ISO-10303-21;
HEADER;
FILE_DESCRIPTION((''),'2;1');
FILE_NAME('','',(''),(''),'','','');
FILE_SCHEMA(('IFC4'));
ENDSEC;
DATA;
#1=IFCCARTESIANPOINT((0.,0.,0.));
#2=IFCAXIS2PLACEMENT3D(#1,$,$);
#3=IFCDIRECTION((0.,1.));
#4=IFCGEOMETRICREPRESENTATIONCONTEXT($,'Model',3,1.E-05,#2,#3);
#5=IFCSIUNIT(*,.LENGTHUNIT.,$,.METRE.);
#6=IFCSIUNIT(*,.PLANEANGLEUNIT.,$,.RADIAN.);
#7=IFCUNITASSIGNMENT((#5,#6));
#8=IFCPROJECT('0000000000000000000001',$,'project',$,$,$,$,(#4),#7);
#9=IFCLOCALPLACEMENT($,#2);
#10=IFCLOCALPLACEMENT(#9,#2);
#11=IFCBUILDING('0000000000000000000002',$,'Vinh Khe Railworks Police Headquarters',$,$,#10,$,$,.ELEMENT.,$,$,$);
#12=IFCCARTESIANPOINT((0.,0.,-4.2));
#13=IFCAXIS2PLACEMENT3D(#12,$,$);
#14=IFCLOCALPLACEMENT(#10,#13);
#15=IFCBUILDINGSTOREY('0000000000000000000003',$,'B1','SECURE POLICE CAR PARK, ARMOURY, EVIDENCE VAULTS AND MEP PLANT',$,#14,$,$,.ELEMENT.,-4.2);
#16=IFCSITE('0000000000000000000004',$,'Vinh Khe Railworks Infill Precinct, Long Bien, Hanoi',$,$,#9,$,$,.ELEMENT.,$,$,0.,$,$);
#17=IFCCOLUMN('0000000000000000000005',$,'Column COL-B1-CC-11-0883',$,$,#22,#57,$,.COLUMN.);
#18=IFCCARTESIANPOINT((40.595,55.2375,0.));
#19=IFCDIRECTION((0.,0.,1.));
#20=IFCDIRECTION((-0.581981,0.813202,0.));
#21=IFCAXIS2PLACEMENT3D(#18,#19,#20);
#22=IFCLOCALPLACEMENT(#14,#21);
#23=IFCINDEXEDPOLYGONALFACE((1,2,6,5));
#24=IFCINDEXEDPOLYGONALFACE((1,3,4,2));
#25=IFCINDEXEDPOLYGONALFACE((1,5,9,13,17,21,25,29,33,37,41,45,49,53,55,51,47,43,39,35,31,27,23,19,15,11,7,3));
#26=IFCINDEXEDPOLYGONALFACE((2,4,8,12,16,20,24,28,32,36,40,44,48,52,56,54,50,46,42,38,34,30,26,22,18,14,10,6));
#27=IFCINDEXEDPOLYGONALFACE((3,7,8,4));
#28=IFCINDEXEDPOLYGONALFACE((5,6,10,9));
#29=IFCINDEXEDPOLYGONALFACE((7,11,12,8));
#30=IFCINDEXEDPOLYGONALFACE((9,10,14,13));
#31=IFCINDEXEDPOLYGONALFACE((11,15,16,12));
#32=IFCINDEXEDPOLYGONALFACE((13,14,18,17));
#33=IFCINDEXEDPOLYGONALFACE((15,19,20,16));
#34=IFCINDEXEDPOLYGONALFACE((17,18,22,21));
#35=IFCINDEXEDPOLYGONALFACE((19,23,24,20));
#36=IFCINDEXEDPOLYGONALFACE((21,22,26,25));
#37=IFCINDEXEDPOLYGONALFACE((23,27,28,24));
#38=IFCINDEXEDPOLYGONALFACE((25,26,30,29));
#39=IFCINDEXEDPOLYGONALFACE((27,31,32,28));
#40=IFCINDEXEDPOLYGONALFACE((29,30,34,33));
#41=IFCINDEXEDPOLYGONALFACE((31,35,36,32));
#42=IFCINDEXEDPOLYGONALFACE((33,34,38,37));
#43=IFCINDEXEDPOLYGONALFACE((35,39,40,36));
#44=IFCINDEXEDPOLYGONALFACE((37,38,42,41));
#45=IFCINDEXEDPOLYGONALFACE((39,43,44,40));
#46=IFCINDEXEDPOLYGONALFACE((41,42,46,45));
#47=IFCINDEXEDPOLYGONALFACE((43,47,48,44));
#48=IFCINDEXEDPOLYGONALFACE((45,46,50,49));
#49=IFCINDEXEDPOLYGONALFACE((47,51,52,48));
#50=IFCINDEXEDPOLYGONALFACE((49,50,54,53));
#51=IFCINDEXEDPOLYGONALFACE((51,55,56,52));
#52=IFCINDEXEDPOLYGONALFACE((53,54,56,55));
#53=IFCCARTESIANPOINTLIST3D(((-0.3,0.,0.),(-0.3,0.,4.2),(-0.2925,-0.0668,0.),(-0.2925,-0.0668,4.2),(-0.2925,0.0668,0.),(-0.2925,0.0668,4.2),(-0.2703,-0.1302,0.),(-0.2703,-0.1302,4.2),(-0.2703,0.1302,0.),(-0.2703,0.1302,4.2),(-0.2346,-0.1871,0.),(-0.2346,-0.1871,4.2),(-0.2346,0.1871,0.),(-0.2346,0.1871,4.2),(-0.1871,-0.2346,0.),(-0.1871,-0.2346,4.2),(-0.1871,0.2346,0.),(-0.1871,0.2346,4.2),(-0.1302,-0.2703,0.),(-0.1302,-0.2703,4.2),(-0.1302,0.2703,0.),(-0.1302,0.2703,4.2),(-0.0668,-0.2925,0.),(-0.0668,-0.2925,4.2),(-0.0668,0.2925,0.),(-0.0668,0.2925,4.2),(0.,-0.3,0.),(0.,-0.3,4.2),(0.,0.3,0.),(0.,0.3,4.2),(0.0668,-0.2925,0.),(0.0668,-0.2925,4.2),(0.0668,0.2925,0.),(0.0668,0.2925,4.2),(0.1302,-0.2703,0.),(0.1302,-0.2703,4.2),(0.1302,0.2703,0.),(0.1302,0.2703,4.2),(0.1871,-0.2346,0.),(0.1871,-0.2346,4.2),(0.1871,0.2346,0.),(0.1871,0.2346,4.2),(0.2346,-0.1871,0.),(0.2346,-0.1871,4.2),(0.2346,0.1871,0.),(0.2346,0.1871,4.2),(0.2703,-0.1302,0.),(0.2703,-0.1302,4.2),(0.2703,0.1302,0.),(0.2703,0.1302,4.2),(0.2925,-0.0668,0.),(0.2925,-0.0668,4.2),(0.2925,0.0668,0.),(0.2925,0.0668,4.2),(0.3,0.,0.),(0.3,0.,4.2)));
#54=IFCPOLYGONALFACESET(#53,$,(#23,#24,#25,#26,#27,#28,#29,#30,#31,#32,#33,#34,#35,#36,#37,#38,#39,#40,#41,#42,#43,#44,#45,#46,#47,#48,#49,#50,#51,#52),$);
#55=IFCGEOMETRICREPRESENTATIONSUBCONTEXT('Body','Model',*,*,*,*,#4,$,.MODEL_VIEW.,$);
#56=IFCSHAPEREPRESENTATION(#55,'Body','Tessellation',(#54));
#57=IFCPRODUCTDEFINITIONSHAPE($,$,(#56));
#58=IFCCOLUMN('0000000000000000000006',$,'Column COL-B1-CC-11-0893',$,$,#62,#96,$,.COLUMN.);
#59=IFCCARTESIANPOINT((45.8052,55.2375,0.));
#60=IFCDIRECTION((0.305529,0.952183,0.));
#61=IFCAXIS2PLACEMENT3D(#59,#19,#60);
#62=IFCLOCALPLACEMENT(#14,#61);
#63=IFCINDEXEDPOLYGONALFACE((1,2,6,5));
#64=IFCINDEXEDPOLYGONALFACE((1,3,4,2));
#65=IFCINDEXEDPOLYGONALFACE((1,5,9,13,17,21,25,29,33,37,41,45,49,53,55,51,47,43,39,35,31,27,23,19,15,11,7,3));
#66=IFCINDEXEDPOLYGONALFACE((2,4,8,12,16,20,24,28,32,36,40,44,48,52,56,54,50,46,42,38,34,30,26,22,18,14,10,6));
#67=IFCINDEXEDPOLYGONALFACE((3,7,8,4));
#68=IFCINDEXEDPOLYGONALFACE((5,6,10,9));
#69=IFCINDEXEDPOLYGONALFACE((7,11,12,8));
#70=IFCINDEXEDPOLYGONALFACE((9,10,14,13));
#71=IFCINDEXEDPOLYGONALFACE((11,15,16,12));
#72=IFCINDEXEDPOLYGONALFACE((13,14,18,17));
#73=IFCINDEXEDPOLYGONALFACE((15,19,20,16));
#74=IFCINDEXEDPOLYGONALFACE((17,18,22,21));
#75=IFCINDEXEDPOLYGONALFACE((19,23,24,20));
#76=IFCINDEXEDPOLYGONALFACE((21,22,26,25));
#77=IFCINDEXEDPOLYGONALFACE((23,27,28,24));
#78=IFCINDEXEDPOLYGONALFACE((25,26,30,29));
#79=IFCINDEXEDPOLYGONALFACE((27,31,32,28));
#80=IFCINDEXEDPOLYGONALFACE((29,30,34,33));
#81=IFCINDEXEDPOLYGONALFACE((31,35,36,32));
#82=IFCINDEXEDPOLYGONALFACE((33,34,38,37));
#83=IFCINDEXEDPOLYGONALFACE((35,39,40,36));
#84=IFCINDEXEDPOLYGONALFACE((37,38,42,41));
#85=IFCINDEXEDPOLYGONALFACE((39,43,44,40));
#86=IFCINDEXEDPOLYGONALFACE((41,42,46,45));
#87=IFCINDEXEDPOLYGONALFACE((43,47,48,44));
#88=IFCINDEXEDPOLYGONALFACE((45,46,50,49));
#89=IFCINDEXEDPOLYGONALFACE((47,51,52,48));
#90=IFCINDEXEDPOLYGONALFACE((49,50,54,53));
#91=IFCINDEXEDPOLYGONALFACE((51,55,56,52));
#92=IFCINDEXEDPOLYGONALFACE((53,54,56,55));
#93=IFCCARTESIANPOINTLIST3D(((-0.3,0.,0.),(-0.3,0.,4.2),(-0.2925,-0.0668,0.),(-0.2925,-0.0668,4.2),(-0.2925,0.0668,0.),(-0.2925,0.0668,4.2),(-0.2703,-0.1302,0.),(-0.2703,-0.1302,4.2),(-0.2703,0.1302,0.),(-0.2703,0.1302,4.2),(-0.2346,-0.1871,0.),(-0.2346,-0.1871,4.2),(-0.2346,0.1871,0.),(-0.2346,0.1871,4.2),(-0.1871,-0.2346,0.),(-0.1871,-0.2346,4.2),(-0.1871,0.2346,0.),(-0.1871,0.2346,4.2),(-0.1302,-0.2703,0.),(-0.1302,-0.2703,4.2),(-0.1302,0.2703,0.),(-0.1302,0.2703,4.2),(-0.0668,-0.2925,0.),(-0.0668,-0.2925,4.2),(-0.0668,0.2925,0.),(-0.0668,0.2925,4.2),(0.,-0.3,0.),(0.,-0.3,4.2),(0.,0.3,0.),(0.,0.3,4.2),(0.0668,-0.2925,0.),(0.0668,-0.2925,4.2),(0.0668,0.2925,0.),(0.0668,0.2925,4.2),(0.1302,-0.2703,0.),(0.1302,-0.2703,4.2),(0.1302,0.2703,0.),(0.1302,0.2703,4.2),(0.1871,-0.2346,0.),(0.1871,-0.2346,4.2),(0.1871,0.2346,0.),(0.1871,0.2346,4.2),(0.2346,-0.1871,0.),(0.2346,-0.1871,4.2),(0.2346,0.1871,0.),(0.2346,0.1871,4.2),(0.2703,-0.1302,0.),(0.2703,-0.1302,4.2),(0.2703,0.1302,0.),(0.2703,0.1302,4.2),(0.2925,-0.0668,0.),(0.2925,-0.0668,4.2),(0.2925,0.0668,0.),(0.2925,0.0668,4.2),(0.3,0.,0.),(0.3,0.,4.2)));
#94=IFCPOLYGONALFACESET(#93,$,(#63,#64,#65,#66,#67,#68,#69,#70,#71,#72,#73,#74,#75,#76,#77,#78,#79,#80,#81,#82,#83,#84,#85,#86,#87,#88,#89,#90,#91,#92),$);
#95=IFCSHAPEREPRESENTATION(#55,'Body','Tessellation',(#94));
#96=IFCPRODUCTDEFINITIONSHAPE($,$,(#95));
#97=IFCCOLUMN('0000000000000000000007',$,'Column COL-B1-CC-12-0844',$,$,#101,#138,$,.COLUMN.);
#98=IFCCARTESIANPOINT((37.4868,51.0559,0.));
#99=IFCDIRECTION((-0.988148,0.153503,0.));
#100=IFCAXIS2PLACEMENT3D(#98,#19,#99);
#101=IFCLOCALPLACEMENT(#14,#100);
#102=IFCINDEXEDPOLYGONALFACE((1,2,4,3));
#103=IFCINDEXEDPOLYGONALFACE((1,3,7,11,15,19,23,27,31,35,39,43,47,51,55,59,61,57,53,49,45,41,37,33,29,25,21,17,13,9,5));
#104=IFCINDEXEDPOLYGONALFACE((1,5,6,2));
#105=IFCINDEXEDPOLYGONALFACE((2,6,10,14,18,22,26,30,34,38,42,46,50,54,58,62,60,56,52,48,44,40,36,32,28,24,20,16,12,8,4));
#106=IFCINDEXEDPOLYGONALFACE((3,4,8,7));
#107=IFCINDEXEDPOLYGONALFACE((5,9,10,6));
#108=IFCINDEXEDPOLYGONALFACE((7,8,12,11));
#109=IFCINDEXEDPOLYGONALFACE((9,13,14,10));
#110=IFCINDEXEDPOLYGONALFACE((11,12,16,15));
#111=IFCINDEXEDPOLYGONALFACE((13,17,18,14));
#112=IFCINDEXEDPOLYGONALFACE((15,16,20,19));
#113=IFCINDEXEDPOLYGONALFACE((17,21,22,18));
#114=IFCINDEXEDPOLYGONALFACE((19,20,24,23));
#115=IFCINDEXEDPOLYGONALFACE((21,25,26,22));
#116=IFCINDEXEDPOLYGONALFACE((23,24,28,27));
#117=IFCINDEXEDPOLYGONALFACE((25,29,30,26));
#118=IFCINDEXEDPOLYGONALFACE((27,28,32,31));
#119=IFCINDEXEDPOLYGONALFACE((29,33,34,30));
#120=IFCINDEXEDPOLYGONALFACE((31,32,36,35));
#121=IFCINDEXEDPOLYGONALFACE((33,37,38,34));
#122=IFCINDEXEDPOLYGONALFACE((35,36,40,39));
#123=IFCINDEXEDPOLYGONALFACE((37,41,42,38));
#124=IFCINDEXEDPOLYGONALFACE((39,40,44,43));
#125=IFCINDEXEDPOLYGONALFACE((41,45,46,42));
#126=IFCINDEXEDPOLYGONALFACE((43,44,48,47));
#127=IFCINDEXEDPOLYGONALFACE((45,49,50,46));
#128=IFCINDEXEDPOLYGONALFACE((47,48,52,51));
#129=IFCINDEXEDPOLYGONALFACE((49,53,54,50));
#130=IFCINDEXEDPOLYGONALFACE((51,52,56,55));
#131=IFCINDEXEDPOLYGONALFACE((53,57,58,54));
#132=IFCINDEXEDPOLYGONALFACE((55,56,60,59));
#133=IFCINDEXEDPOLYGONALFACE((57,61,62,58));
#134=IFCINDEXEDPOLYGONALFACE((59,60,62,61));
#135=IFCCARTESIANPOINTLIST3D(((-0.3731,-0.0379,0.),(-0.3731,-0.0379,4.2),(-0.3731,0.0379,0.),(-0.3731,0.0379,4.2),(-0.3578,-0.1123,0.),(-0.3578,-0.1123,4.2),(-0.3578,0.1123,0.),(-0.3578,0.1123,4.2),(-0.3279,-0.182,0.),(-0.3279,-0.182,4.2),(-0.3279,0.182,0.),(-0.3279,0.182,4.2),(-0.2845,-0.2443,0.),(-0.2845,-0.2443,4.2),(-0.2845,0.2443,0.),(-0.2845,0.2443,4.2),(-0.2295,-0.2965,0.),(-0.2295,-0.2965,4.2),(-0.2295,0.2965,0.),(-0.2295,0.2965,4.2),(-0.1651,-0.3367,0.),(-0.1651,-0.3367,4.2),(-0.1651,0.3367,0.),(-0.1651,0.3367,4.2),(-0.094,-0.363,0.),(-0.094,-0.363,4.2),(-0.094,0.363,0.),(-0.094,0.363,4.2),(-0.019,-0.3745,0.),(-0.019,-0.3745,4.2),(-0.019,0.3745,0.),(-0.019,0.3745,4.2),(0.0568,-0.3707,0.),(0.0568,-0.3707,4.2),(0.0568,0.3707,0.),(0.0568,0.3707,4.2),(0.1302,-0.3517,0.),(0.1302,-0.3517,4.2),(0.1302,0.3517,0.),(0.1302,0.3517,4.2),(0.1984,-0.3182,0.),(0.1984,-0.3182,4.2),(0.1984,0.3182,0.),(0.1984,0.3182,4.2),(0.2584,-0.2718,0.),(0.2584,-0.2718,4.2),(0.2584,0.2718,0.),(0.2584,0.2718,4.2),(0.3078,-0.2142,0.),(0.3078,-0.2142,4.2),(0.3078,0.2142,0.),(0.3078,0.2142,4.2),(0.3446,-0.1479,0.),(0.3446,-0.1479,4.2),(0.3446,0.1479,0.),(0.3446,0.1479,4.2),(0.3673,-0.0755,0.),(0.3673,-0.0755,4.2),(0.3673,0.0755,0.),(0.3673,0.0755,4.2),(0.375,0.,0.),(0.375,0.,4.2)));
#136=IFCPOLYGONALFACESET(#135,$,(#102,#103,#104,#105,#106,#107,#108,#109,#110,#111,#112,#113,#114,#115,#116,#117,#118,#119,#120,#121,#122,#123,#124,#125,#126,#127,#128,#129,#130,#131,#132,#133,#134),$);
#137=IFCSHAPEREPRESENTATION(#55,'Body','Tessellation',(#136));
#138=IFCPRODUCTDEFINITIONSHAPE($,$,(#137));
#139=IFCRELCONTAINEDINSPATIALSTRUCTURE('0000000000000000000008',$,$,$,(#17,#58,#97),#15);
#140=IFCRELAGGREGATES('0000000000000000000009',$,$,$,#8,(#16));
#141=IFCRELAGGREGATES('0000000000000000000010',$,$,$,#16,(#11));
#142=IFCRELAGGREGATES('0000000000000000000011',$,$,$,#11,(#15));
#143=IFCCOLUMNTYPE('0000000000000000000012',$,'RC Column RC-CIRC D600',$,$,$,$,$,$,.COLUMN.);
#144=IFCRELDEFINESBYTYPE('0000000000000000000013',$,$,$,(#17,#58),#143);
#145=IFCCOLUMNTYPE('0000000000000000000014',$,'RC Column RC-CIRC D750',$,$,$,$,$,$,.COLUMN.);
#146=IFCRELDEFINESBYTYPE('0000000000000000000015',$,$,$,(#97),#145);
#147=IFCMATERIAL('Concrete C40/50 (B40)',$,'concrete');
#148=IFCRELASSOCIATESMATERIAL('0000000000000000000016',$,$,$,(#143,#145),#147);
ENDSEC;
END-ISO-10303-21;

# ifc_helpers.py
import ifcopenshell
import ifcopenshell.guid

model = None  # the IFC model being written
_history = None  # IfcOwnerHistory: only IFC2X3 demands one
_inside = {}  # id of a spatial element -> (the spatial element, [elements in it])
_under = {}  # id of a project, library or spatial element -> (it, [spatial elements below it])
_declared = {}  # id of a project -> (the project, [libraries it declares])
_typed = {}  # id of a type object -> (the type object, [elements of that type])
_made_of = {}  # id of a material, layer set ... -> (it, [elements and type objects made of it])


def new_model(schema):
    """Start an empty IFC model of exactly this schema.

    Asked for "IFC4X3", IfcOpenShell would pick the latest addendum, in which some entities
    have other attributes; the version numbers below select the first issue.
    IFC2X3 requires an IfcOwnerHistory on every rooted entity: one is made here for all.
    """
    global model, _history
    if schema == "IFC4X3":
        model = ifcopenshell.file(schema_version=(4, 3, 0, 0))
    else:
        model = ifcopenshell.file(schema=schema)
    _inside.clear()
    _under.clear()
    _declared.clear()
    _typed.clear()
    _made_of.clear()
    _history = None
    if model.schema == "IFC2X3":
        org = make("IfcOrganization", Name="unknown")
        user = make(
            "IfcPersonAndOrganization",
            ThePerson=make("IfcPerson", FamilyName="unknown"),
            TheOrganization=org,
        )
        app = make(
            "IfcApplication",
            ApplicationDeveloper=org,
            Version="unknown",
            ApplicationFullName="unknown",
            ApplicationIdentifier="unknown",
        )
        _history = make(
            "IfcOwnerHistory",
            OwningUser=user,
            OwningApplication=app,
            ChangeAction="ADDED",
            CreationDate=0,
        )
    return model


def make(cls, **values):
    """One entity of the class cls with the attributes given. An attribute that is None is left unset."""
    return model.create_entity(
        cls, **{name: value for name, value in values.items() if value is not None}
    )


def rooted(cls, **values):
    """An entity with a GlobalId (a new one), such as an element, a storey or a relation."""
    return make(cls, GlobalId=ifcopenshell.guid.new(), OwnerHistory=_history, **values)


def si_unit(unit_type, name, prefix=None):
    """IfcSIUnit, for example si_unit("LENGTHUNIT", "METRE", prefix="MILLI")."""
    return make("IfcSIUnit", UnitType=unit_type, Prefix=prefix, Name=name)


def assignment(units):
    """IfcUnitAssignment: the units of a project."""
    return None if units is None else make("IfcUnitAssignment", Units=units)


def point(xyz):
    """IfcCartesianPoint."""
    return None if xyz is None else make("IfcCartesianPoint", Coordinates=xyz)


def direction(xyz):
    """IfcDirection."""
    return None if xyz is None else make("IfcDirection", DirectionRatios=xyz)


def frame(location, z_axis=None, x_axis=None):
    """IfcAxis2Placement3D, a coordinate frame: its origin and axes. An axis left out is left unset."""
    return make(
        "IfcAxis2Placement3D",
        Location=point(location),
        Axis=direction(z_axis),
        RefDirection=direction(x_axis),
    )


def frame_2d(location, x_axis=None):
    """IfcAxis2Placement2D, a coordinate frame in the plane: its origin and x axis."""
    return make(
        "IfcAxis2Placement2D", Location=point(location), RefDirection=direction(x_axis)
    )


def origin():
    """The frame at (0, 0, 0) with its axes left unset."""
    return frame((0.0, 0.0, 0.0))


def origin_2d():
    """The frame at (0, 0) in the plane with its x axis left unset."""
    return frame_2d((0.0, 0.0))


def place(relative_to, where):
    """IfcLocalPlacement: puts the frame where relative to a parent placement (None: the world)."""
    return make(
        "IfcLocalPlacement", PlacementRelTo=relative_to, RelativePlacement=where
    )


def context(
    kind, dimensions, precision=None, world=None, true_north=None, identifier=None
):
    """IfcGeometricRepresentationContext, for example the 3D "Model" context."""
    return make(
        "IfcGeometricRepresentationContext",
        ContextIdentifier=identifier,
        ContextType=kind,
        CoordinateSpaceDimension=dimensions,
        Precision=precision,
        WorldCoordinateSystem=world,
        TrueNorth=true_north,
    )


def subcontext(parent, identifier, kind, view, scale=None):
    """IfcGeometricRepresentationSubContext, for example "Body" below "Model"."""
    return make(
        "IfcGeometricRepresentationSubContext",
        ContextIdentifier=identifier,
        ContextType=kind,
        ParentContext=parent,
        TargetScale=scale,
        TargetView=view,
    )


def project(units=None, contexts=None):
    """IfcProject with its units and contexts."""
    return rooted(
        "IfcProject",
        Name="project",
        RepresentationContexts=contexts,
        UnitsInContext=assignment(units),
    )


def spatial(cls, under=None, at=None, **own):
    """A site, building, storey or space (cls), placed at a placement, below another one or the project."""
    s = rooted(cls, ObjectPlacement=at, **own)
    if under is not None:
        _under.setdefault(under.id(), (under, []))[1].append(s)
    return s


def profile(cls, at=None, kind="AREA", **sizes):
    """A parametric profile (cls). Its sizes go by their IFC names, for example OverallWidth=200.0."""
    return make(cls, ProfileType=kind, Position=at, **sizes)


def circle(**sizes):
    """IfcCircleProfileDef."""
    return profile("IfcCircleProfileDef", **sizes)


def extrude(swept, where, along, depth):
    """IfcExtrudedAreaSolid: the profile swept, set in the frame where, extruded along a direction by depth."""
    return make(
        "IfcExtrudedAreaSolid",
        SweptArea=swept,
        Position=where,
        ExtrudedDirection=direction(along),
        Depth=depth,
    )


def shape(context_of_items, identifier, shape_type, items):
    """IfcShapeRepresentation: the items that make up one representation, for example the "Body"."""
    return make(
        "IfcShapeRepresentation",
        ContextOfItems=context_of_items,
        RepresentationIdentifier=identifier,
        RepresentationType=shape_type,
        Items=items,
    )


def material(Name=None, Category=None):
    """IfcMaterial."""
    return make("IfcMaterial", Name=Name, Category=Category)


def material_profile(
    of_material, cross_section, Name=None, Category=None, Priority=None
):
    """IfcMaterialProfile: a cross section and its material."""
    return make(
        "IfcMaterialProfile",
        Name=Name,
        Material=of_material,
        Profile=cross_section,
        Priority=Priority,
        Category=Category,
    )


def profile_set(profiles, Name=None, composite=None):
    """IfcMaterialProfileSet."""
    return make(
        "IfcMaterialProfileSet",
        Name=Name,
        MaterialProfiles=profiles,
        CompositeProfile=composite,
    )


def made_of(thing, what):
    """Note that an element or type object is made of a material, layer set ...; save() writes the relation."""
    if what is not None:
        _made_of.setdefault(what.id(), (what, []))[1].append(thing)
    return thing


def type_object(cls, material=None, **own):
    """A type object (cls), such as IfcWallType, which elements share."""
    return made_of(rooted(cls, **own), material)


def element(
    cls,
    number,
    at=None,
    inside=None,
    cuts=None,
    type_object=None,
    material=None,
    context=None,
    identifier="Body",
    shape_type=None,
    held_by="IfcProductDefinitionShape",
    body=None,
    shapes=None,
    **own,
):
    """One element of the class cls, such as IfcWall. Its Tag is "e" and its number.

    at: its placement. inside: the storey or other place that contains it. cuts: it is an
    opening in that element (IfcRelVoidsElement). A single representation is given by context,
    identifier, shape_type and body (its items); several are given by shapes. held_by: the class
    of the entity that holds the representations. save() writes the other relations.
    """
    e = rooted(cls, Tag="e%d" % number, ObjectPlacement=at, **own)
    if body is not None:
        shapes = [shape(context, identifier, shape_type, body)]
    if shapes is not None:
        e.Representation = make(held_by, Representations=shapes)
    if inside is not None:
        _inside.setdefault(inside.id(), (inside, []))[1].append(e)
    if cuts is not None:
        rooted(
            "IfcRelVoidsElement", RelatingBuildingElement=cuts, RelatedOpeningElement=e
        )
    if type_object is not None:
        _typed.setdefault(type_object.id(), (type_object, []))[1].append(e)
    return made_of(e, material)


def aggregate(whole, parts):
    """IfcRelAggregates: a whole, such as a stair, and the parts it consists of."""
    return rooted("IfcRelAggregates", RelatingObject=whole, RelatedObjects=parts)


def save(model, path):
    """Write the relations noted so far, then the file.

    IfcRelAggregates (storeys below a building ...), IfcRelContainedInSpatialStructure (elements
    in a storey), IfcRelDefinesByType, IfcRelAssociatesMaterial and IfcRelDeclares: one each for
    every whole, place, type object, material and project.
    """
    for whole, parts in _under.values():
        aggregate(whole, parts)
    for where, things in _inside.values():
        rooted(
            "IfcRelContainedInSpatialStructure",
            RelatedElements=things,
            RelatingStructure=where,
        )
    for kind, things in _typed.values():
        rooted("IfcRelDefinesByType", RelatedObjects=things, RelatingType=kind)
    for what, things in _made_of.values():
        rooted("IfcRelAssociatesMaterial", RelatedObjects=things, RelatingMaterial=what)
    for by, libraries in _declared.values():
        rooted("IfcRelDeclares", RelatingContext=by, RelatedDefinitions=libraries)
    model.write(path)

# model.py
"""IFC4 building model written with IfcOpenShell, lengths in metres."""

from ifc_helpers import new_model, si_unit, direction, frame, origin, origin_2d, place, context, subcontext, project, spatial, circle, extrude, material, material_profile, profile_set, type_object, element, save


model = new_model("IFC4")

# Units and contexts
model_context = context("Model", 3, precision=1e-05, world=origin(), true_north=direction((0.0, 1.0)))
body_context = subcontext(model_context, "Body", "Model", "MODEL_VIEW")
ifc_project = project(units=[si_unit("LENGTHUNIT", "METRE"), si_unit("PLANEANGLEUNIT", "RADIAN")], contexts=[model_context])

# Site, building, storey
site_placement = place(None, origin())
site = spatial("IfcSite", under=ifc_project, at=site_placement, Name="Vinh Khe Railworks Infill Precinct, Long Bien, Hanoi", CompositionType="ELEMENT", RefElevation=0.0)
building_placement = place(site_placement, origin())
building = spatial("IfcBuilding", under=site, at=building_placement, Name="Vinh Khe Railworks Police Headquarters", CompositionType="ELEMENT")
storey_placement = place(building_placement, frame((0.0, 0.0, -4.2)))
storey = spatial("IfcBuildingStorey", under=building, at=storey_placement, Name="B1", Description="SECURE POLICE CAR PARK, ARMOURY, EVIDENCE VAULTS AND MEP PLANT", CompositionType="ELEMENT", Elevation=-4.2)

# Columns
ifc_material_1 = material(Name="Concrete C40/50 (B40)", Category="concrete")
ifc_material_profile_1 = material_profile(ifc_material_1, circle(Radius=0.3, at=origin_2d()), Name="RC-CIRC D600")
ifc_profile_set_1 = profile_set([ifc_material_profile_1], Name="Concrete C40/50 (B40)")
column_type_1 = type_object("IfcColumnType", Name="RC Column RC-CIRC D600", PredefinedType="COLUMN", material=ifc_profile_set_1)
for number, where, z_axis, x_axis, name in (
    (1, (40.595, 55.2375, 0.0), (0.0, 0.0, 1.0), (-0.581981, 0.813202, 0.0), "Column COL-B1-CC-11-0883"),
    (2, (45.8052, 55.2375, 0.0), (0.0, 0.0, 1.0), (0.305529, 0.952183, 0.0), "Column COL-B1-CC-11-0893"),
):
    element("IfcColumn", number, at=place(storey_placement, frame(where, z_axis=z_axis, x_axis=x_axis)), inside=storey, type_object=column_type_1, Name=name, PredefinedType="COLUMN", context=body_context, shape_type="SweptSolid", body=[
        extrude(circle(Radius=0.3, at=origin_2d()), origin(), (0.0, 0.0, 1.0), 4.2),
    ])
ifc_material_profile_2 = material_profile(ifc_material_1, circle(Radius=0.375, at=origin_2d()), Name="RC-CIRC D750")
ifc_profile_set_2 = profile_set([ifc_material_profile_2], Name="Concrete C40/50 (B40)")
column_type_2 = type_object("IfcColumnType", Name="RC Column RC-CIRC D750", PredefinedType="COLUMN", material=ifc_profile_set_2)
for number, where, z_axis, x_axis, name in (
    (3, (37.4868, 51.0559, 0.0), (0.0, 0.0, 1.0), (-0.988148, 0.153503, 0.0), "Column COL-B1-CC-12-0844"),
):
    element("IfcColumn", number, at=place(storey_placement, frame(where, z_axis=z_axis, x_axis=x_axis)), inside=storey, type_object=column_type_2, Name=name, PredefinedType="COLUMN", context=body_context, shape_type="SweptSolid", body=[
        extrude(circle(Radius=0.375, at=origin_2d()), origin(), (0.0, 0.0, 1.0), 4.2),
    ])

save(model, "model.ifc")
